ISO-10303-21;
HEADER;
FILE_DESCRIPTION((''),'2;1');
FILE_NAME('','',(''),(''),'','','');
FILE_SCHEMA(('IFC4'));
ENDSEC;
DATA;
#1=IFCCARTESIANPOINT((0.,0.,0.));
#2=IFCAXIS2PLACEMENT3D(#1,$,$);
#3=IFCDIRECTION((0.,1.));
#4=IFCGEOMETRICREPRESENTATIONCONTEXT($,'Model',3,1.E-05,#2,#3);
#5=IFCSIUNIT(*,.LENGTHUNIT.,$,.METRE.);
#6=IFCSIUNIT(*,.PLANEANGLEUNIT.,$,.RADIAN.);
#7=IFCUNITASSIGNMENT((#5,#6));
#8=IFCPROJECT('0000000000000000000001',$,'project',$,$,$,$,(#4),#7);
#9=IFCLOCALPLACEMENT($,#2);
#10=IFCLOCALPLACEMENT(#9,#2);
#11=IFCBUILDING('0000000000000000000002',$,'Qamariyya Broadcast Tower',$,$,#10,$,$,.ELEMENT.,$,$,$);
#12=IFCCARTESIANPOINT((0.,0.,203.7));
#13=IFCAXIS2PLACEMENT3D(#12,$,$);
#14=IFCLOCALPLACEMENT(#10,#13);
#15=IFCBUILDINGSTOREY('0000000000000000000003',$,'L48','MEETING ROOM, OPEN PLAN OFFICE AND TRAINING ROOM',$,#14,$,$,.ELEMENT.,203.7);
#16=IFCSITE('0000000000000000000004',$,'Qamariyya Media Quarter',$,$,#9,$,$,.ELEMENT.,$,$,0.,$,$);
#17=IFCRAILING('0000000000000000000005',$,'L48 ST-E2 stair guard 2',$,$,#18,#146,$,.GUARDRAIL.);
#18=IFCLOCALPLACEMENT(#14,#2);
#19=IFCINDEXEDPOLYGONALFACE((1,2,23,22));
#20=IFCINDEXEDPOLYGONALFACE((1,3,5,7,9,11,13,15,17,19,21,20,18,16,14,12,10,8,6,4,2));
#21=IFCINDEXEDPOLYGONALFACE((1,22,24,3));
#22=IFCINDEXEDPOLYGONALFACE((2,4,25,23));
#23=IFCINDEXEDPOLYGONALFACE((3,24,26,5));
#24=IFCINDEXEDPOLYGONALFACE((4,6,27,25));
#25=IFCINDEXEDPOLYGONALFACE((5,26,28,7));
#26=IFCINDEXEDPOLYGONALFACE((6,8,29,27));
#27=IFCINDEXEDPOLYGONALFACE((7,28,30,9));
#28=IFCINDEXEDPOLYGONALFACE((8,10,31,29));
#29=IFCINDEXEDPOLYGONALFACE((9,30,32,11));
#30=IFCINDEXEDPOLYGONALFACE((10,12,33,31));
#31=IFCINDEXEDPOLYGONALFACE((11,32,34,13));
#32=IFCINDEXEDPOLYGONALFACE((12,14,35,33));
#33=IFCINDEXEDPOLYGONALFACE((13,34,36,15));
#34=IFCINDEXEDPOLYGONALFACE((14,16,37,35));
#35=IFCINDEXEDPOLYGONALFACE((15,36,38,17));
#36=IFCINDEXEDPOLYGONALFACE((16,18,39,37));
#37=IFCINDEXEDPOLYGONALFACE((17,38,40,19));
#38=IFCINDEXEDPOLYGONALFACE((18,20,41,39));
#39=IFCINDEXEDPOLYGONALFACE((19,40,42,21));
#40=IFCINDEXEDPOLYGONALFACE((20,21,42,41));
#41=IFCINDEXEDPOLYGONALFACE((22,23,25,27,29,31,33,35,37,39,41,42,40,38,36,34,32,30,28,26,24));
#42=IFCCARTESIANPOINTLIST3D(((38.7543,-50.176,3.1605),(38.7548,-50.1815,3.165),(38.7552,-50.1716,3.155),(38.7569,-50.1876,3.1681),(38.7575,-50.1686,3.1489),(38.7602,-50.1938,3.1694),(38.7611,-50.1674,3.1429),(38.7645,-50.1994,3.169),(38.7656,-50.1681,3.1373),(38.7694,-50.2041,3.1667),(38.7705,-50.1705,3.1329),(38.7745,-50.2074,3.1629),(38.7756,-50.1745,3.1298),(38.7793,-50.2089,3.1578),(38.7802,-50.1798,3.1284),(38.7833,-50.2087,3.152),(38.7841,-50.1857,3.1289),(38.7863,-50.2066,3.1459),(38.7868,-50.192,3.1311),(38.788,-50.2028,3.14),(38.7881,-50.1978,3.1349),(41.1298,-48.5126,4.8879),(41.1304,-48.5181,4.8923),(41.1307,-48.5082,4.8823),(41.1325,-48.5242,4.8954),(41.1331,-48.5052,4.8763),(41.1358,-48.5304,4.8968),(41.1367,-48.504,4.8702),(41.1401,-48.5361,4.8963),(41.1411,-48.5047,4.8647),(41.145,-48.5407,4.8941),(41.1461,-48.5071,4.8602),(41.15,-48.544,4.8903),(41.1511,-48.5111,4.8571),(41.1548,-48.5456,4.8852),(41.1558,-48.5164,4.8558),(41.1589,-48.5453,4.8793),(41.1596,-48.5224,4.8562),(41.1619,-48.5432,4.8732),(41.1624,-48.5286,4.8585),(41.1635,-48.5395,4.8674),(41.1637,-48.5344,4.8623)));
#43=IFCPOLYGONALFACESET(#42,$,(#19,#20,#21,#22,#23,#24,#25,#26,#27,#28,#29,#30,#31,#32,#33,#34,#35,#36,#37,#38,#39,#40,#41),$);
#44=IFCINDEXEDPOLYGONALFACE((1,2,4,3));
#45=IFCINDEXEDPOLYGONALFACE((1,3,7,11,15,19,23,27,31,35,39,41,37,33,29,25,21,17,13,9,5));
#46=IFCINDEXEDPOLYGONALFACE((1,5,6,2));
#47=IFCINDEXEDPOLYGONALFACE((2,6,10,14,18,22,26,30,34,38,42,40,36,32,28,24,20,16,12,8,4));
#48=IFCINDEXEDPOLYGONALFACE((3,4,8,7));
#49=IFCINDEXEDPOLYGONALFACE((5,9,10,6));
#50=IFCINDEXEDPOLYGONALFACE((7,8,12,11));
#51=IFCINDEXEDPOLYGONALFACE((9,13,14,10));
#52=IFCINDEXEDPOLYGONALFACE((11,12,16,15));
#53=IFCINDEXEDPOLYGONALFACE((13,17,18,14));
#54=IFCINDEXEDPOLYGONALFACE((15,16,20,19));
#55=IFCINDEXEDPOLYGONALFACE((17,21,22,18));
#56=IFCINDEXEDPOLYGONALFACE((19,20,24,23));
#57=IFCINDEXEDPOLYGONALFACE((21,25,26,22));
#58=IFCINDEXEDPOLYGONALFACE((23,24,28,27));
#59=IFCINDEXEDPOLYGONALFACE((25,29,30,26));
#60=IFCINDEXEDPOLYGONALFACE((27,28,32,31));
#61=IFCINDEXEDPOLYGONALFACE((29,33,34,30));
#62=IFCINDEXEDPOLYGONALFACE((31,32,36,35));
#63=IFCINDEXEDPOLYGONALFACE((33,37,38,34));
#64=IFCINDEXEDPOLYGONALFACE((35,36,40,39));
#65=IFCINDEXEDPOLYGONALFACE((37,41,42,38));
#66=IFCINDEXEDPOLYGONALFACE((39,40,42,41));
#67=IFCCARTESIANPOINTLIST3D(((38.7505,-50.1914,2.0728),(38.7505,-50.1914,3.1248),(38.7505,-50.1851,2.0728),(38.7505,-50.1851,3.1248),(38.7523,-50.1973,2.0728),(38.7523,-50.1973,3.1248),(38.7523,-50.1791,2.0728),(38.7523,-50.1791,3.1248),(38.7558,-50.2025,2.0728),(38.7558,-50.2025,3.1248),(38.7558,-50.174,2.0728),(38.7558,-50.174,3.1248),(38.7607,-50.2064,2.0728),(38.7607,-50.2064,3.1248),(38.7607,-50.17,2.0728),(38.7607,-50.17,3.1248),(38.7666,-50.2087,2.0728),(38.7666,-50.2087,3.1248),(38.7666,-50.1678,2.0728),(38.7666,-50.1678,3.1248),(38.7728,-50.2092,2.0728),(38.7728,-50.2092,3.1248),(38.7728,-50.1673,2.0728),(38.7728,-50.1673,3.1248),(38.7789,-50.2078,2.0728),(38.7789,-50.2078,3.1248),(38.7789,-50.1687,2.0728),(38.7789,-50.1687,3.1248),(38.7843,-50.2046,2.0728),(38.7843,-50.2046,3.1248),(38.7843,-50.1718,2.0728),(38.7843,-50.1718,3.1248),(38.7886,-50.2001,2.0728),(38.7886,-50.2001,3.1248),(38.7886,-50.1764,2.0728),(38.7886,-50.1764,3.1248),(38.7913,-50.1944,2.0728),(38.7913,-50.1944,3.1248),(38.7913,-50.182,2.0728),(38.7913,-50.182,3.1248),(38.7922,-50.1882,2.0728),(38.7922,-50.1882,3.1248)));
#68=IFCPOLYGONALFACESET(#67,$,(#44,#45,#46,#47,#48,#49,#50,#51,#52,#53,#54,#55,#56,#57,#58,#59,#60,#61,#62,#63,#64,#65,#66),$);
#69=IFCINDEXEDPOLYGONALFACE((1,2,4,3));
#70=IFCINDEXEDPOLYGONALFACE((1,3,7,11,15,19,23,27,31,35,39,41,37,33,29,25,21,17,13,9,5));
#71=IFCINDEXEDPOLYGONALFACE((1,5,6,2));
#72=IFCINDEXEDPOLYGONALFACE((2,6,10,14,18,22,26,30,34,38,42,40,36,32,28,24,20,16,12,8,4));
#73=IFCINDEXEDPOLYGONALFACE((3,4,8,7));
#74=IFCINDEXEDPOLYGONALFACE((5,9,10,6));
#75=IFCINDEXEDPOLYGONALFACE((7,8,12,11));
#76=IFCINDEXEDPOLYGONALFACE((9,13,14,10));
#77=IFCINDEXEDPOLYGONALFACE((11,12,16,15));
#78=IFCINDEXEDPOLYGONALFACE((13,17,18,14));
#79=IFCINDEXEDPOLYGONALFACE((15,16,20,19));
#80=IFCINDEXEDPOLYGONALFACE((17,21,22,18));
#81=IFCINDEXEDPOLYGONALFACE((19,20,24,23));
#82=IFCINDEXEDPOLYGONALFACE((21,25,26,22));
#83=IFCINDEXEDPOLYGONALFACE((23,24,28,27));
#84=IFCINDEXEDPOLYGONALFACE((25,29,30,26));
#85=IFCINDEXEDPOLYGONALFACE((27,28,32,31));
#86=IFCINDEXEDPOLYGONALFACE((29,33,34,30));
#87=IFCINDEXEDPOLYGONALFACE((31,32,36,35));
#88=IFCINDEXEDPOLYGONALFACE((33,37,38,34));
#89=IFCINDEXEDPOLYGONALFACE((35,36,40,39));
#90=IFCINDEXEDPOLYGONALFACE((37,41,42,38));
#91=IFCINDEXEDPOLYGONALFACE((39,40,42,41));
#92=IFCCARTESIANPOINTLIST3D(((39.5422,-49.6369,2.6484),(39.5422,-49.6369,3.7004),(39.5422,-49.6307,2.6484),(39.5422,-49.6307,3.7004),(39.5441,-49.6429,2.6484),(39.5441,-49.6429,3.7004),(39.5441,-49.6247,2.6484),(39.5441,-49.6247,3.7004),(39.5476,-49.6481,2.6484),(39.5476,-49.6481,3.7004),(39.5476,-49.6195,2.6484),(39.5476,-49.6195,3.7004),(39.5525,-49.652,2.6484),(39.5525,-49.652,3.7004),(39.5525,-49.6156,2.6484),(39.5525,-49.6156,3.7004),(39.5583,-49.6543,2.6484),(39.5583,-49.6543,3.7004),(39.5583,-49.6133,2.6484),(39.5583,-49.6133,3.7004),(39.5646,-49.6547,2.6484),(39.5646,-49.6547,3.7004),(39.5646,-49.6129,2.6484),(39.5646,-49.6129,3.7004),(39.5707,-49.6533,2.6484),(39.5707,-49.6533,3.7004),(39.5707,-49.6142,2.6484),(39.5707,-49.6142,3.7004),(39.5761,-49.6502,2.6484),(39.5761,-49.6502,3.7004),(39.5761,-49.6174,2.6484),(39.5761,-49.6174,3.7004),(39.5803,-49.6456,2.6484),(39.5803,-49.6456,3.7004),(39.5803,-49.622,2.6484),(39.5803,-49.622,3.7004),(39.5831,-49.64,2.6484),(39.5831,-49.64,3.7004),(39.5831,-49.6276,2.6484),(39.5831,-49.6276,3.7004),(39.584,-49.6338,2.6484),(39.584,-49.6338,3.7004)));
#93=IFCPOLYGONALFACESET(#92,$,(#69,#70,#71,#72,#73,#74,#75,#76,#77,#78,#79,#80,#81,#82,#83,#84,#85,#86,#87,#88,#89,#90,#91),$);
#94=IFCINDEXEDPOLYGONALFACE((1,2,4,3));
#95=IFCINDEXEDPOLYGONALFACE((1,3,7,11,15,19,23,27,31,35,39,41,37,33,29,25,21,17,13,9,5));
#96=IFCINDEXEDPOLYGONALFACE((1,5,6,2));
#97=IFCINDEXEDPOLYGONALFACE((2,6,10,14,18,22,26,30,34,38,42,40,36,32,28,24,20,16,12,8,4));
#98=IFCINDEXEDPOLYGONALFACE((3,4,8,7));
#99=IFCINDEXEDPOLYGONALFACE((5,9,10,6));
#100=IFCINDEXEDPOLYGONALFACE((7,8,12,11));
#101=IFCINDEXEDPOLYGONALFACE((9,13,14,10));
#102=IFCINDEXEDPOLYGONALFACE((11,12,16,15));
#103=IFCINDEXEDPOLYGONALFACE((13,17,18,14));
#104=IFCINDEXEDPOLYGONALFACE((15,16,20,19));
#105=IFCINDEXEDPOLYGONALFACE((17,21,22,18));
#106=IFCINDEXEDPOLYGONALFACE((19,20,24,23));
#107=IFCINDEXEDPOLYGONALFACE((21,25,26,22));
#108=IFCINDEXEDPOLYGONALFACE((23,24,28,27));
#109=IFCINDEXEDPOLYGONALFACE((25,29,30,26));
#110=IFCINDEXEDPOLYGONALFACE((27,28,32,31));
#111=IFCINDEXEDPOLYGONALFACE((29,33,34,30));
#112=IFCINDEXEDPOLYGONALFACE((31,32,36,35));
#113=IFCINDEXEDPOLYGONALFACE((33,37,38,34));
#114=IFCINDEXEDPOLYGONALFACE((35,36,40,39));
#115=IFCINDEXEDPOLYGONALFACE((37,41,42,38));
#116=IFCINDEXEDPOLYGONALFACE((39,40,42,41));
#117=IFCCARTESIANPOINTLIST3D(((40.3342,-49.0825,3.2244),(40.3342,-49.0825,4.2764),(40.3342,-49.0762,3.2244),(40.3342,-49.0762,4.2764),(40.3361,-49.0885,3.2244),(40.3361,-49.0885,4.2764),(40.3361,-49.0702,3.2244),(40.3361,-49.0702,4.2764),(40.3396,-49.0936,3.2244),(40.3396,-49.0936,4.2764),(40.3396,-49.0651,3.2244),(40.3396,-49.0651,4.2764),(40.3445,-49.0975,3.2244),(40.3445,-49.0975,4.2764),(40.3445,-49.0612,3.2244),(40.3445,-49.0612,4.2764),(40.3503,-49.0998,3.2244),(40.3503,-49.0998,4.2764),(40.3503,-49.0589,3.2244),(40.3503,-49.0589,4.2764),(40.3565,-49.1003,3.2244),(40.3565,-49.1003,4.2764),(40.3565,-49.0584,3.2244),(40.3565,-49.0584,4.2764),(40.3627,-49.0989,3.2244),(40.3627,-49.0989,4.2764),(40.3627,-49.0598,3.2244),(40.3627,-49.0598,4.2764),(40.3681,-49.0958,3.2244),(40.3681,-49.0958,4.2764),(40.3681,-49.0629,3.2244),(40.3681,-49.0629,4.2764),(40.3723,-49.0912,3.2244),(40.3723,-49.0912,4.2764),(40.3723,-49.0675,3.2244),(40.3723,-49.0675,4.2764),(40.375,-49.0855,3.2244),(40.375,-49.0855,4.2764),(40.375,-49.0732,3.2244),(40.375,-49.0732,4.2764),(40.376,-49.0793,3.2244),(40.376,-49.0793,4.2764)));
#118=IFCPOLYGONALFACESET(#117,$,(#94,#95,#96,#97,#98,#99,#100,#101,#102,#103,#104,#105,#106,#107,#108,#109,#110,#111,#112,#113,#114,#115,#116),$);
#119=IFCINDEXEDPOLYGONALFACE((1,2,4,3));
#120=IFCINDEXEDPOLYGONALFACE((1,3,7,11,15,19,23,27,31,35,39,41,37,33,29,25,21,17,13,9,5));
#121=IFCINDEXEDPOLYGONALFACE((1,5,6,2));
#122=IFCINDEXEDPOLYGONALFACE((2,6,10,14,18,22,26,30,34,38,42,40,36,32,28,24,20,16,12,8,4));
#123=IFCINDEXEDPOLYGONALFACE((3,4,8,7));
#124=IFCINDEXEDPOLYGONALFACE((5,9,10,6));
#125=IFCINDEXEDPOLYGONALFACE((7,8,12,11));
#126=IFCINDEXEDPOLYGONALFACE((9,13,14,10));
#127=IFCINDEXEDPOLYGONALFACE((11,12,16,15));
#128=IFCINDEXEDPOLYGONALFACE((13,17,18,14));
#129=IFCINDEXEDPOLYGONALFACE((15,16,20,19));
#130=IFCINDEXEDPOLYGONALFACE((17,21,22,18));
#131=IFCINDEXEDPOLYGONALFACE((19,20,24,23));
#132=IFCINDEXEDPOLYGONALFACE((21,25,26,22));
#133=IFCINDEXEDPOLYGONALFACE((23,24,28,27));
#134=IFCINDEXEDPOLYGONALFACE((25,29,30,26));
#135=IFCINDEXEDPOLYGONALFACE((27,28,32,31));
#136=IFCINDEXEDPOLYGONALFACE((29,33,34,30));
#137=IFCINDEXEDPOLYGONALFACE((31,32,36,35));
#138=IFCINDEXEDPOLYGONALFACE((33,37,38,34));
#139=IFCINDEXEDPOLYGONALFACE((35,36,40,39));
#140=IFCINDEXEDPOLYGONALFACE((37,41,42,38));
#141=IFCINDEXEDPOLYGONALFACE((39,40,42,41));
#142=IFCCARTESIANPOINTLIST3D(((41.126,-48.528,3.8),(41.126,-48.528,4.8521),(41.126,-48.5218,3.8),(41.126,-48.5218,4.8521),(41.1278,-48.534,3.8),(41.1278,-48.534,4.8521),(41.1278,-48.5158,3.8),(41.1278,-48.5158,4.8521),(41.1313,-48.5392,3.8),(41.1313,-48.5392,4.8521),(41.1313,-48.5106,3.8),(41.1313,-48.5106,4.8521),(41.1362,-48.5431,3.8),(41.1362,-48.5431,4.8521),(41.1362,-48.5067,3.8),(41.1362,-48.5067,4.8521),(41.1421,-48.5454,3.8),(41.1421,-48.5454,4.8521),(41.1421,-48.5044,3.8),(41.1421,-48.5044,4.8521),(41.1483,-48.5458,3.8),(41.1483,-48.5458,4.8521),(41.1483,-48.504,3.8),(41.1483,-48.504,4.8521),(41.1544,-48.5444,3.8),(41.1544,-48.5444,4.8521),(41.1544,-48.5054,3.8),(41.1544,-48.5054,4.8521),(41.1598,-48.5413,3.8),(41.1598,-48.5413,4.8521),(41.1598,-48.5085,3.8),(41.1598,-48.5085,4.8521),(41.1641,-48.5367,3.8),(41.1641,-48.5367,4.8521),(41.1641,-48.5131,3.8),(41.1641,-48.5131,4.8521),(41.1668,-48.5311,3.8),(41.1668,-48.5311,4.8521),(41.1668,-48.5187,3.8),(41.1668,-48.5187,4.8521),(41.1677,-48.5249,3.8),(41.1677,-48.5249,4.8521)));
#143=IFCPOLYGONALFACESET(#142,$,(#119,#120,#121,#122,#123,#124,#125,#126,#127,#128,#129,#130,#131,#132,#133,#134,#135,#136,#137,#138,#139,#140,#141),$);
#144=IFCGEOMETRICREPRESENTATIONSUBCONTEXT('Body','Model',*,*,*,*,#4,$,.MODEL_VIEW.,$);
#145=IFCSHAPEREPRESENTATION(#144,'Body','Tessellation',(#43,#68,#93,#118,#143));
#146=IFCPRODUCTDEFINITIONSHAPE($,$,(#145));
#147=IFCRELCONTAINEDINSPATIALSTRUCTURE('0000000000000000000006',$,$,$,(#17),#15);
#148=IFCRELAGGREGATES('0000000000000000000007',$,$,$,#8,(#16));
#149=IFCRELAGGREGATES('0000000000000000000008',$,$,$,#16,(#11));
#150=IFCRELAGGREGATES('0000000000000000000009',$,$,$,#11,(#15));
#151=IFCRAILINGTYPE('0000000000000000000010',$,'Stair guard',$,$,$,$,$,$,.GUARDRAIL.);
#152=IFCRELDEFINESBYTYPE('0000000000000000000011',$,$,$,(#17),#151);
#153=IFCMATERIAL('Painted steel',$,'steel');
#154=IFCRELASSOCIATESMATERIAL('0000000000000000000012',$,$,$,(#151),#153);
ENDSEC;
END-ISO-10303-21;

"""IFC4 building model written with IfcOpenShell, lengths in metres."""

from ifc_helpers import new_model, si_unit, direction, frame, origin, origin_2d, place, context, subcontext, project, spatial, circle, extrude, material, type_object, element, save


model = new_model("IFC4")

# Units and contexts
model_context = context("Model", 3, precision=1e-05, world=origin(), true_north=direction((0.0, 1.0)))
body_context = subcontext(model_context, "Body", "Model", "MODEL_VIEW")
ifc_project = project(units=[si_unit("LENGTHUNIT", "METRE"), si_unit("PLANEANGLEUNIT", "RADIAN")], contexts=[model_context])

# Site, building, storey
site_placement = place(None, origin())
site = spatial("IfcSite", under=ifc_project, at=site_placement, Name="Qamariyya Media Quarter", CompositionType="ELEMENT", RefElevation=0.0)
building_placement = place(site_placement, origin())
building = spatial("IfcBuilding", under=site, at=building_placement, Name="Qamariyya Broadcast Tower", CompositionType="ELEMENT")
storey_placement = place(building_placement, frame((0.0, 0.0, 203.7)))
storey = spatial("IfcBuildingStorey", under=building, at=storey_placement, Name="L48", Description="MEETING ROOM, OPEN PLAN OFFICE AND TRAINING ROOM", CompositionType="ELEMENT", Elevation=203.7)

# Railing
ifc_material_1 = material(Name="Painted steel", Category="steel")
railing_type_1 = type_object("IfcRailingType", Name="Stair guard", PredefinedType="GUARDRAIL", material=ifc_material_1)
railing_1_placement = place(storey_placement, frame((38.7712, -50.1882, 2.0728)))
element("IfcRailing", 1, at=railing_1_placement, inside=storey, type_object=railing_type_1, Name="L48 ST-E2 stair guard 2", PredefinedType="GUARDRAIL", context=body_context, shape_type="SweptSolid", body=[
    extrude(circle(Radius=0.0239, at=origin_2d()), frame((0.0, 0.0, 1.0762), z_axis=(0.70377, 0.492784, 0.511734), x_axis=(-0.573575, 0.819153, 0.0)), (0.0, 0.0, 1.0), 3.3755),
    extrude(circle(Radius=0.021, at=origin_2d()), origin(), (0.0, 0.0, 1.0), 1.052),
    extrude(circle(Radius=0.021, at=origin_2d()), frame((0.7917, 0.5544, 0.5757)), (0.0, 0.0, 1.0), 1.052),
    extrude(circle(Radius=0.021, at=origin_2d()), frame((1.5837, 1.1089, 1.1516)), (0.0, 0.0, 1.0), 1.052),
    extrude(circle(Radius=0.021, at=origin_2d()), frame((2.3755, 1.6633, 1.7273)), (0.0, 0.0, 1.0), 1.052),
])

save(model, "model.ifc")
